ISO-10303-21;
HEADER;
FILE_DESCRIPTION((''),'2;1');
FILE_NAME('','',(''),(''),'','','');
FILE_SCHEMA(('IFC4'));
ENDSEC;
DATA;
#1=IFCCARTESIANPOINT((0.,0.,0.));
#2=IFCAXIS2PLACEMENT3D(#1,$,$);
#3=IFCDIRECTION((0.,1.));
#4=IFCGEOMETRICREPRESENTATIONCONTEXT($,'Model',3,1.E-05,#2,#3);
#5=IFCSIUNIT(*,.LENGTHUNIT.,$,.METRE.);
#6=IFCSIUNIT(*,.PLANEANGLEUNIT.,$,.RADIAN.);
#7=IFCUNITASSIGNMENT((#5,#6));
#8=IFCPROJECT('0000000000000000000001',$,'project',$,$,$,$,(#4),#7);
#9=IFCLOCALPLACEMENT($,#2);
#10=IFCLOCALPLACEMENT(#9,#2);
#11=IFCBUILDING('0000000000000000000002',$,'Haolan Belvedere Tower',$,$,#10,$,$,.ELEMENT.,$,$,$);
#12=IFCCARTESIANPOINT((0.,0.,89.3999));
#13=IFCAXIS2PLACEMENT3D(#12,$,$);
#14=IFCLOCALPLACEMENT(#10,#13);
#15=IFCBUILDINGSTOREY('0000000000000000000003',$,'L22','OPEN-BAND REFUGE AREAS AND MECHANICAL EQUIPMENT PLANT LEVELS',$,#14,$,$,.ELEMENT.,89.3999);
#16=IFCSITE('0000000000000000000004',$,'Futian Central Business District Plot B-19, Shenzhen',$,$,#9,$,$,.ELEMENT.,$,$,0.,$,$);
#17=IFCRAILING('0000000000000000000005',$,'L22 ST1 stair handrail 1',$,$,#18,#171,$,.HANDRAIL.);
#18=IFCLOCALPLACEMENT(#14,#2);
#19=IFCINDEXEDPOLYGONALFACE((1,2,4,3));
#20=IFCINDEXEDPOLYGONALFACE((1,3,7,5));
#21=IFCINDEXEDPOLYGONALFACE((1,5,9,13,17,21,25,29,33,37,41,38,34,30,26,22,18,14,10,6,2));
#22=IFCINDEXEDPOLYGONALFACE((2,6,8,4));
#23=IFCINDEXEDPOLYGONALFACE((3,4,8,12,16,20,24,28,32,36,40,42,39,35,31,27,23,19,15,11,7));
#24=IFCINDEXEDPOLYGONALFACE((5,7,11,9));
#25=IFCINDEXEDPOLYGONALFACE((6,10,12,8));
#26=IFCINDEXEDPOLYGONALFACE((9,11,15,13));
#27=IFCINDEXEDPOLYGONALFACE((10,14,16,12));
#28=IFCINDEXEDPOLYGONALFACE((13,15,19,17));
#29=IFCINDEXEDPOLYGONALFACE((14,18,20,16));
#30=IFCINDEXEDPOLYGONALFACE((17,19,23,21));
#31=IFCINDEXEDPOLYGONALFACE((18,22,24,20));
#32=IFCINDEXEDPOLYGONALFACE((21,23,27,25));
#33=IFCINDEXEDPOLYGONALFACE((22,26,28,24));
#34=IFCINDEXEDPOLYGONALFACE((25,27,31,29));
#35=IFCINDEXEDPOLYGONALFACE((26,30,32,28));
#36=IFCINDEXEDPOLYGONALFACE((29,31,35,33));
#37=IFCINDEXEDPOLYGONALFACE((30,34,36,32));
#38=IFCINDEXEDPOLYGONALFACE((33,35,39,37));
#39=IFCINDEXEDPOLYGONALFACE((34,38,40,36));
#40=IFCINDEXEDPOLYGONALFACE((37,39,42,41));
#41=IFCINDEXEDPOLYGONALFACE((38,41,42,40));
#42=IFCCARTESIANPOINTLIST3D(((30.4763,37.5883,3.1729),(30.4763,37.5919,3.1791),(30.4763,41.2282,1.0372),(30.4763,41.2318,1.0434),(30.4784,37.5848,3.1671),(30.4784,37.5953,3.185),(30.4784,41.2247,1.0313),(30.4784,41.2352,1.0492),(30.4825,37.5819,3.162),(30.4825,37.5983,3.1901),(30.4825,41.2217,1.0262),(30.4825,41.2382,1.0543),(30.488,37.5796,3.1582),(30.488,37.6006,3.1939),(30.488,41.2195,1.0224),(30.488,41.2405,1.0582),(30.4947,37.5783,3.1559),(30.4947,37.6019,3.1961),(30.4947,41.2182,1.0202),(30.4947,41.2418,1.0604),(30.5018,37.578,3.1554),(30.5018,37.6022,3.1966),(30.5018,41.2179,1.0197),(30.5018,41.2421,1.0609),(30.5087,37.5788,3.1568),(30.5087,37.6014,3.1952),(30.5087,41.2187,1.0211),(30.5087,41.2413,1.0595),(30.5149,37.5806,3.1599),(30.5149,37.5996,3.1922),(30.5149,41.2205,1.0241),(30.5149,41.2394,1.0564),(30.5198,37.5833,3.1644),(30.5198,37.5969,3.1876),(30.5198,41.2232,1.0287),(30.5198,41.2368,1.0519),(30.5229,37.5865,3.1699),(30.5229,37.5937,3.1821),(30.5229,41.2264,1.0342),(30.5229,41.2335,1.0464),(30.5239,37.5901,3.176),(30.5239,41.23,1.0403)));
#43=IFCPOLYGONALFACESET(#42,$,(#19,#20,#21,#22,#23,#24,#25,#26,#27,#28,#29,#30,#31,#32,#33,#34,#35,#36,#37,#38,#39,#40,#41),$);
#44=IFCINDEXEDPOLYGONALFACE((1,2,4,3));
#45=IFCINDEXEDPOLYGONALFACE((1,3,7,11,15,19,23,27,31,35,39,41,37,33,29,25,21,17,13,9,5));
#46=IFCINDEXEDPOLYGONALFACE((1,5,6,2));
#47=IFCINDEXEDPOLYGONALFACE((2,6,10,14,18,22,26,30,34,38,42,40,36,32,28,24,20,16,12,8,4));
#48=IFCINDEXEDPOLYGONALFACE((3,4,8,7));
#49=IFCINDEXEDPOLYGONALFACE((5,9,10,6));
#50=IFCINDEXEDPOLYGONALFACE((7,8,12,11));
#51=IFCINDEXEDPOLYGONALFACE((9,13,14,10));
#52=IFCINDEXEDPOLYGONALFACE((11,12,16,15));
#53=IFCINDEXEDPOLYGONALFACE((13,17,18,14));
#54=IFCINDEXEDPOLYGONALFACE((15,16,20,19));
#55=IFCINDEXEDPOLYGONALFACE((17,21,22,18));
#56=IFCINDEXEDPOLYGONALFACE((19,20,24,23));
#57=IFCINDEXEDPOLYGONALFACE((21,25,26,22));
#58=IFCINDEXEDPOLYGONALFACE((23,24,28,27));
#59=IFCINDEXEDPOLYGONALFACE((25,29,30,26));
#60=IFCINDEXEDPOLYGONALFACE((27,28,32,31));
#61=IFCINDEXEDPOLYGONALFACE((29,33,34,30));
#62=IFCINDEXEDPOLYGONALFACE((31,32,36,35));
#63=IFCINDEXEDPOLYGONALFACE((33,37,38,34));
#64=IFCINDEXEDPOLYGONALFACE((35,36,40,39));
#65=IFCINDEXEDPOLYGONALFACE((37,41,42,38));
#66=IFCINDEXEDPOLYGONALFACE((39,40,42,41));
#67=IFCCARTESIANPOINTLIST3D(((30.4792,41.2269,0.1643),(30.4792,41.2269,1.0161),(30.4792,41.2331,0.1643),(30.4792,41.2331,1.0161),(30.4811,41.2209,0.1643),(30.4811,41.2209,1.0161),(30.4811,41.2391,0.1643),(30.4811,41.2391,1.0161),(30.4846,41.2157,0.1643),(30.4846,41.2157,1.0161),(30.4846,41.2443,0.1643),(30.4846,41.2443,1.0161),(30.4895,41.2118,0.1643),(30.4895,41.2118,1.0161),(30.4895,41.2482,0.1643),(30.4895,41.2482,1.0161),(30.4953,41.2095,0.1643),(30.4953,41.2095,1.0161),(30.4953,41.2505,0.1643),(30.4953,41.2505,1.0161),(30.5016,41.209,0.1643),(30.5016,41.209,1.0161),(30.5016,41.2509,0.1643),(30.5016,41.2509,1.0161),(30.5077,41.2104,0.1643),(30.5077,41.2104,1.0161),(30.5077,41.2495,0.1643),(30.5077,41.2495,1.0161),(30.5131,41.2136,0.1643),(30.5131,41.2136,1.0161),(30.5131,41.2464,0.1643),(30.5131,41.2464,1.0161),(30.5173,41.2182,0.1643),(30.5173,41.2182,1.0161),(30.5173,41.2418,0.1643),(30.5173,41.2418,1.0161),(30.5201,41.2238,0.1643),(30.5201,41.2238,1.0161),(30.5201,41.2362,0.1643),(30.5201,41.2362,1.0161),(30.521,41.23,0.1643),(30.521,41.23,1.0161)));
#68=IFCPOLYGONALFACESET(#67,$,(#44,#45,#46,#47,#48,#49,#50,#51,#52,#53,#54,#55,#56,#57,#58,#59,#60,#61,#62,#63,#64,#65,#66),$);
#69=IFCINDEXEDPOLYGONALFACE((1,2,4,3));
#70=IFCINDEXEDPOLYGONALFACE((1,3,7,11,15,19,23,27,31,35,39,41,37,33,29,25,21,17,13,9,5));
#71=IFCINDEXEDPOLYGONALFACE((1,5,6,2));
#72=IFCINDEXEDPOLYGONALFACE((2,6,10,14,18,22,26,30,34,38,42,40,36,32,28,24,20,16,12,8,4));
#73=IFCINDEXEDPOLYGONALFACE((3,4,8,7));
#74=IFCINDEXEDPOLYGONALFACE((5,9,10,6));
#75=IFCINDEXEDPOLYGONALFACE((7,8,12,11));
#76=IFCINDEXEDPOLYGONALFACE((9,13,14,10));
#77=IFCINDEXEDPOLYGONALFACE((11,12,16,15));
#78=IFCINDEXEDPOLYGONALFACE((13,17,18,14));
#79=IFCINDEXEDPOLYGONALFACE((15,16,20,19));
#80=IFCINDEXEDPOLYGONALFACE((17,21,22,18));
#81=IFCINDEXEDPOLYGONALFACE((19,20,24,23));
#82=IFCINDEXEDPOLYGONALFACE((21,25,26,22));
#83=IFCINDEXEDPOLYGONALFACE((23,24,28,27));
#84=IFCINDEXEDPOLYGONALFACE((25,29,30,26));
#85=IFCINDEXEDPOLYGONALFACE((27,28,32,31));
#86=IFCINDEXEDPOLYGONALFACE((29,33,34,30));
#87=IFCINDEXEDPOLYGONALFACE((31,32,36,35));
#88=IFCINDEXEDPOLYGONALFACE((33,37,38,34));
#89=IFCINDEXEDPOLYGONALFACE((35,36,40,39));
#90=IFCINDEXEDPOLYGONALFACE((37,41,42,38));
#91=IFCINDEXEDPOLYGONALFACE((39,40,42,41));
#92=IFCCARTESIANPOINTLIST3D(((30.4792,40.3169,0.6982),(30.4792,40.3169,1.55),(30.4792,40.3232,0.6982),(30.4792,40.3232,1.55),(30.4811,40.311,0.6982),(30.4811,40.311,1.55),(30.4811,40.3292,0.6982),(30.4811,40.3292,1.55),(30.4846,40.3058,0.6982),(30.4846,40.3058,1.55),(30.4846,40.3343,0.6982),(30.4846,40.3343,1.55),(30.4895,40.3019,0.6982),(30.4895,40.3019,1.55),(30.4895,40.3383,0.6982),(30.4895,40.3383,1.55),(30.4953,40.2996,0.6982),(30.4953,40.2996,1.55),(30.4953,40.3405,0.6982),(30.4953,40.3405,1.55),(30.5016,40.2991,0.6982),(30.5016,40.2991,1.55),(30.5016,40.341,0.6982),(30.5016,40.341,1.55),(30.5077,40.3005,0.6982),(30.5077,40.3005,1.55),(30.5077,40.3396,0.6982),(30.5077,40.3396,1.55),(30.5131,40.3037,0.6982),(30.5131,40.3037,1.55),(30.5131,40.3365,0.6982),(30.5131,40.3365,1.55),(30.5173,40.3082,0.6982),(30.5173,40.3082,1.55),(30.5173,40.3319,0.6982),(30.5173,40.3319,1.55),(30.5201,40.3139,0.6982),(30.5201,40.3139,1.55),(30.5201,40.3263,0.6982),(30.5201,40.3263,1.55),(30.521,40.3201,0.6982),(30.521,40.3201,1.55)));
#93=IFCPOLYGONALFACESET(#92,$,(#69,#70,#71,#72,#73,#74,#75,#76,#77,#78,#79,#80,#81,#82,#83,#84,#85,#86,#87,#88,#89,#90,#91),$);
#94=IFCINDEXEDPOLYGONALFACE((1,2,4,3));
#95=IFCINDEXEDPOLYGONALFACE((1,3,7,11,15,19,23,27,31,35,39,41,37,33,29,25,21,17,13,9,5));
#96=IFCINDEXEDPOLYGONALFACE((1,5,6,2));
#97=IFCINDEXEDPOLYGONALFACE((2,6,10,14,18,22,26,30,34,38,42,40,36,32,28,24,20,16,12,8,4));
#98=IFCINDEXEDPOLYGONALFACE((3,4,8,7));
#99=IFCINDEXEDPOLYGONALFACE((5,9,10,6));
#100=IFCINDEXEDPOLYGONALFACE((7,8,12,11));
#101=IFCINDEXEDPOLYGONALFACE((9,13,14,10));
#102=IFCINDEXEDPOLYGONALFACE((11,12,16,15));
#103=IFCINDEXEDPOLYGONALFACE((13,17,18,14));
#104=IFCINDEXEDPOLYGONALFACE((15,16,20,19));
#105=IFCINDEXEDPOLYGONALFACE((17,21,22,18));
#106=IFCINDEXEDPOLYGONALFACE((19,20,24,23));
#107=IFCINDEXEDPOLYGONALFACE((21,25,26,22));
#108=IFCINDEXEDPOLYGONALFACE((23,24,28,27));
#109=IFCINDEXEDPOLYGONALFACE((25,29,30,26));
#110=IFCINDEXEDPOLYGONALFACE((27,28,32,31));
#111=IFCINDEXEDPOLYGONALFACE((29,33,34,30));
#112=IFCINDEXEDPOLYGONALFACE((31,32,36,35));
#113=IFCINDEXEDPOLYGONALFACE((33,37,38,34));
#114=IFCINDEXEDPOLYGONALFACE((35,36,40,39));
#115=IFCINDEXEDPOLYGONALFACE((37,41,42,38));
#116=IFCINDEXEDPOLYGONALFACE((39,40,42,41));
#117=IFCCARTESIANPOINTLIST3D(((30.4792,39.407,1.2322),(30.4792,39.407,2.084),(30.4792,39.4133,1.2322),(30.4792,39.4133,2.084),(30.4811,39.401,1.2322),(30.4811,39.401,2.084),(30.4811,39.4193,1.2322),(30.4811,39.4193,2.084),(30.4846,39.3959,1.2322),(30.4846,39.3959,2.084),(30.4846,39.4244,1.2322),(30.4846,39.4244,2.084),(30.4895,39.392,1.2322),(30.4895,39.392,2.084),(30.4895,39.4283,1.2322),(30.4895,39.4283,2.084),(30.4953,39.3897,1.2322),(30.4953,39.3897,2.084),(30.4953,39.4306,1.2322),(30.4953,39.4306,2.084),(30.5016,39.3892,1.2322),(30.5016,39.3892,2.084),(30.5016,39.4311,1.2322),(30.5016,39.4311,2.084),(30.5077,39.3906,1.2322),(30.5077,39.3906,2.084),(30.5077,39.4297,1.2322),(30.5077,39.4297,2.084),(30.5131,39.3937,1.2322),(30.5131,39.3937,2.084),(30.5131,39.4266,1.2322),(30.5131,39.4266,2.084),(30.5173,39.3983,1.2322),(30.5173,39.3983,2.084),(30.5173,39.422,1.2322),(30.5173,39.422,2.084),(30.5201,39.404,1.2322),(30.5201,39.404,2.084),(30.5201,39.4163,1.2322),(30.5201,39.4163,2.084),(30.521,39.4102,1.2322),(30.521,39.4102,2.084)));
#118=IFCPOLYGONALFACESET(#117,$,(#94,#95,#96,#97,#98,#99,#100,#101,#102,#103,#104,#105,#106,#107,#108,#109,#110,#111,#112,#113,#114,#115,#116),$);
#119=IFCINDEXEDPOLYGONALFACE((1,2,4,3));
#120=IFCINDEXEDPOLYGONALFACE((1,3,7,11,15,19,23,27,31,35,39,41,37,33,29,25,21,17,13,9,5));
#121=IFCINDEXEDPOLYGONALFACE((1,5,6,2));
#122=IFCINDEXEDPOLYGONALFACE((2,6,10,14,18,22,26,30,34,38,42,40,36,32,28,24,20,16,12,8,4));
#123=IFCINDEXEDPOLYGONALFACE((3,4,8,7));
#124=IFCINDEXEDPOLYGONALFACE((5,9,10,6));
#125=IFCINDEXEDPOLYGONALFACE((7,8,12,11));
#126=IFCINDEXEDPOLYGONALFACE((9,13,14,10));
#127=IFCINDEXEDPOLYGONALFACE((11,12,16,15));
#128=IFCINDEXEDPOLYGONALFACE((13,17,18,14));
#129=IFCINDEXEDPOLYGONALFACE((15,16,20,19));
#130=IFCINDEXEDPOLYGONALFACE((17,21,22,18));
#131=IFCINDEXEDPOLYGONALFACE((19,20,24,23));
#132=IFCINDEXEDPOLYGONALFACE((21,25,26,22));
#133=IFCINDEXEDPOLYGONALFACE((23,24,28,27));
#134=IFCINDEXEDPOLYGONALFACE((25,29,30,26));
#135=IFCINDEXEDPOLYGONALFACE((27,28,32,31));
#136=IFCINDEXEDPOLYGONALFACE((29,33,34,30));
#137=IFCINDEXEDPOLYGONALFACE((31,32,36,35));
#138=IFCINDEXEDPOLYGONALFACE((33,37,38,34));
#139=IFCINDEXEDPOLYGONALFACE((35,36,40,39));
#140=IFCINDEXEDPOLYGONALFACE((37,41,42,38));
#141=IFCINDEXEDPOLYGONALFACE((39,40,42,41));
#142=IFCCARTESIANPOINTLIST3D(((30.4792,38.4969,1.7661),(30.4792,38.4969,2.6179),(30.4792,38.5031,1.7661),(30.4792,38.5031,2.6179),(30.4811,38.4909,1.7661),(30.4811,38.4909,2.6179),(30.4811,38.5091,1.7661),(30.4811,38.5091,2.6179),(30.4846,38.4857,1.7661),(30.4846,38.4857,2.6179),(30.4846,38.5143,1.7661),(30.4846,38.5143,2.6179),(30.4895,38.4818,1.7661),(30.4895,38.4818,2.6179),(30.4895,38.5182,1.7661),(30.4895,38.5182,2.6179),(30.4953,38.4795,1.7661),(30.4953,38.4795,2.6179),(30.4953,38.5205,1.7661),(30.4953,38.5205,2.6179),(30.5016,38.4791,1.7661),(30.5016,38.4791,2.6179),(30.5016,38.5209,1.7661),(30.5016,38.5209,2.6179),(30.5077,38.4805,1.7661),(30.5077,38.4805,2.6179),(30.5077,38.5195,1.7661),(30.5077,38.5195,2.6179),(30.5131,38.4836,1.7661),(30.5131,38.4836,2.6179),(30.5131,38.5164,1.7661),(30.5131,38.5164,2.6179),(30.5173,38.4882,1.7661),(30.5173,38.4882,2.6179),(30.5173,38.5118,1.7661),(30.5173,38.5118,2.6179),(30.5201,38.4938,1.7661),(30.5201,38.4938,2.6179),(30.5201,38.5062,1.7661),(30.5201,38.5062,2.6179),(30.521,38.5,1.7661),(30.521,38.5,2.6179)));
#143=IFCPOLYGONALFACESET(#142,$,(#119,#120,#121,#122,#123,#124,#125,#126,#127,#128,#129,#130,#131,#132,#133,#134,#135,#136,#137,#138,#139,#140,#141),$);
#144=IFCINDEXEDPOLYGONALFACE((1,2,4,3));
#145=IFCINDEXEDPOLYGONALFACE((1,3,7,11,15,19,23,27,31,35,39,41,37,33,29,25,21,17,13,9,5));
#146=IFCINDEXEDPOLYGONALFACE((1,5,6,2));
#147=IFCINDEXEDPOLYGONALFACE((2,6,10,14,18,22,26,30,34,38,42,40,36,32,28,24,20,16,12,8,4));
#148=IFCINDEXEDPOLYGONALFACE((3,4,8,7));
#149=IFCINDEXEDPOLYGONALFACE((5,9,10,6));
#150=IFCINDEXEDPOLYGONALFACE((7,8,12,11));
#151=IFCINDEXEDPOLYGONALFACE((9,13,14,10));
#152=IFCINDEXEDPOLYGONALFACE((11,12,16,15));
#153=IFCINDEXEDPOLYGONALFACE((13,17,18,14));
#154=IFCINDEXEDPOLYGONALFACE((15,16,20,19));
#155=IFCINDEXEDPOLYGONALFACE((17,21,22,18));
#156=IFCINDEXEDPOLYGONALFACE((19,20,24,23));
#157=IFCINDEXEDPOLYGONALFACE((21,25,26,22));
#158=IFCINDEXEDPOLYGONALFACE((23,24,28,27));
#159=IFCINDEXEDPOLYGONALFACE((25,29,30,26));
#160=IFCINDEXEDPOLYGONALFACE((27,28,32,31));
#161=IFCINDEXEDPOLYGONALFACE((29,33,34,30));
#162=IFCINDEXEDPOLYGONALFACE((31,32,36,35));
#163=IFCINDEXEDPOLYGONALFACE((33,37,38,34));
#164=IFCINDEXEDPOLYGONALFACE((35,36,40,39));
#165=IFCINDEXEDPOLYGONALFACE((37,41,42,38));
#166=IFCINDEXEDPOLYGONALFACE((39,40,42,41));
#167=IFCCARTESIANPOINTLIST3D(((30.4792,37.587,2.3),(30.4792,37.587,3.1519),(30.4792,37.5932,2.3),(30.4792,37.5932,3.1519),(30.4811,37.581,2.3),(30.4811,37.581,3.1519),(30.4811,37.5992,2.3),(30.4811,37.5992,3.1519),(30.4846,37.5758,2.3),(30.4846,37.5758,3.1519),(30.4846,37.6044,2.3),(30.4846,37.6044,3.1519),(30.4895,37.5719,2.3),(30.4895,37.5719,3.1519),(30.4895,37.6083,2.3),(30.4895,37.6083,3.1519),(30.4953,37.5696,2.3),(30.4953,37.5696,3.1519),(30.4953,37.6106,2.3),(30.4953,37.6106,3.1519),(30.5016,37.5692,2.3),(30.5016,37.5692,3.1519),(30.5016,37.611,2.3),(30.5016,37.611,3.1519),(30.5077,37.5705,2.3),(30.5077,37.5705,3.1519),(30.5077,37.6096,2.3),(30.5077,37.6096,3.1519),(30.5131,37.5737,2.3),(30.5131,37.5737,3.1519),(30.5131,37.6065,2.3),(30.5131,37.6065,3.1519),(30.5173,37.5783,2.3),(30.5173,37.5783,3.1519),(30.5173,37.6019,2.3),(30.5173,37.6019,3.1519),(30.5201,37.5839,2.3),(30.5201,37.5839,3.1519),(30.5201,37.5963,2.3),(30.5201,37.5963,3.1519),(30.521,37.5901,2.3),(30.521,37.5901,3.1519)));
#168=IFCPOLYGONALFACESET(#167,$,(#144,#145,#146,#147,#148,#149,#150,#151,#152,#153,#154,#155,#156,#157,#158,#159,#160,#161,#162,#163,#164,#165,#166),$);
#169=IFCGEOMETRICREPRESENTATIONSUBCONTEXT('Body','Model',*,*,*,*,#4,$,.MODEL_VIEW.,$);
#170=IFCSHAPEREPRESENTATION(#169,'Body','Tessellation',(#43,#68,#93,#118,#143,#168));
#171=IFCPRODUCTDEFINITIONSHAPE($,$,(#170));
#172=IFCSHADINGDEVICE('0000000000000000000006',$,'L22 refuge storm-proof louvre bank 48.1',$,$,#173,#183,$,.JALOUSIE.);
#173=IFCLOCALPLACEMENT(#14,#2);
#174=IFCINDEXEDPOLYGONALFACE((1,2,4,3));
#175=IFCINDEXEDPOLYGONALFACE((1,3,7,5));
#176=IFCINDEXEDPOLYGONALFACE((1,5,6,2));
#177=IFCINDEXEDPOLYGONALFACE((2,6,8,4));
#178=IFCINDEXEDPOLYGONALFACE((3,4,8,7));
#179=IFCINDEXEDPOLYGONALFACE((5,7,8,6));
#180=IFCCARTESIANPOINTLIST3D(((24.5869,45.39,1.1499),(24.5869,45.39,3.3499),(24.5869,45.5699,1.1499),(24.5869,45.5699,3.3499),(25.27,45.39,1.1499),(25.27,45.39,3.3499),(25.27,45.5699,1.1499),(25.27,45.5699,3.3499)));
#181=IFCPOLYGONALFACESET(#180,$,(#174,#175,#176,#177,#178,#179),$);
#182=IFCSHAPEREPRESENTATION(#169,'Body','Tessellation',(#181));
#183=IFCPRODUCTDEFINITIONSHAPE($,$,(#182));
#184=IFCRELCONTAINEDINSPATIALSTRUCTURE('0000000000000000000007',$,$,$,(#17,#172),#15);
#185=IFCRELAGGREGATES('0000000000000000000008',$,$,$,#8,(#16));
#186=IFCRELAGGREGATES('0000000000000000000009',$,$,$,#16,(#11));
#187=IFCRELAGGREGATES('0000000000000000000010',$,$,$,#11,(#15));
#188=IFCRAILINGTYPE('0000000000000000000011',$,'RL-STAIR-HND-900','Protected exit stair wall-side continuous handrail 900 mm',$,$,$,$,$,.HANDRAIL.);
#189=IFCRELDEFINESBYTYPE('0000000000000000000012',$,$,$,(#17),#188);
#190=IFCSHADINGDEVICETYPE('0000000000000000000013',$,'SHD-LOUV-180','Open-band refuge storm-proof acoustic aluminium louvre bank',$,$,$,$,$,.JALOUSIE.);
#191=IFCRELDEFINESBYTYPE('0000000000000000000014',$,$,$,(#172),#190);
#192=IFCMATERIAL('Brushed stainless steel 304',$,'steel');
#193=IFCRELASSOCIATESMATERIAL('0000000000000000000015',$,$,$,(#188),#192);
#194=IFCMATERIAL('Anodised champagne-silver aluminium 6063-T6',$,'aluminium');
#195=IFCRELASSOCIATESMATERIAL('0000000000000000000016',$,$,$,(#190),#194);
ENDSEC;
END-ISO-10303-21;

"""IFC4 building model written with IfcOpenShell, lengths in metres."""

from ifc_helpers import new_model, si_unit, direction, frame, origin, origin_2d, place, context, subcontext, project, spatial, rectangle, circle, extrude, material, type_object, element, save


model = new_model("IFC4")

# Units and contexts
model_context = context("Model", 3, precision=1e-05, world=origin(), true_north=direction((0.0, 1.0)))
body_context = subcontext(model_context, "Body", "Model", "MODEL_VIEW")
ifc_project = project(units=[si_unit("LENGTHUNIT", "METRE"), si_unit("PLANEANGLEUNIT", "RADIAN")], contexts=[model_context])

# Site, building, storey
site_placement = place(None, origin())
site = spatial("IfcSite", under=ifc_project, at=site_placement, Name="Futian Central Business District Plot B-19, Shenzhen", CompositionType="ELEMENT", RefElevation=0.0)
building_placement = place(site_placement, origin())
building = spatial("IfcBuilding", under=site, at=building_placement, Name="Haolan Belvedere Tower", CompositionType="ELEMENT")
storey_placement = place(building_placement, frame((0.0, 0.0, 89.3999)))
storey = spatial("IfcBuildingStorey", under=building, at=storey_placement, Name="L22", Description="OPEN-BAND REFUGE AREAS AND MECHANICAL EQUIPMENT PLANT LEVELS", CompositionType="ELEMENT", Elevation=89.3999)

# Railing
ifc_material_1 = material(Name="Brushed stainless steel 304", Category="steel")
railing_type_1 = type_object("IfcRailingType", Name="RL-STAIR-HND-900", Description="Protected exit stair wall-side continuous handrail 900 mm", PredefinedType="HANDRAIL", material=ifc_material_1)
railing_1_placement = place(storey_placement, frame((30.5, 41.23, 0.1643)))
element("IfcRailing", 1, at=railing_1_placement, inside=storey, type_object=railing_type_1, Name="L22 ST1 stair handrail 1", PredefinedType="HANDRAIL", context=body_context, shape_type="SweptSolid", body=[
    extrude(circle(Radius=0.0239, at=origin_2d()), frame((0.0, 0.0, 0.876), z_axis=(0.0, -0.86249, 0.506074), x_axis=(1.0, 0.0, 0.0)), (0.0, 0.0, 1.0), 4.2202),
    extrude(circle(Radius=0.021, at=origin_2d()), origin(), (0.0, 0.0, 1.0), 0.8518),
    extrude(circle(Radius=0.021, at=origin_2d()), frame((0.0, -0.9099, 0.5339)), (0.0, 0.0, 1.0), 0.8518),
    extrude(circle(Radius=0.021, at=origin_2d()), frame((0.0, -1.8198, 1.0679)), (0.0, 0.0, 1.0), 0.8518),
    extrude(circle(Radius=0.021, at=origin_2d()), frame((0.0, -2.73, 1.6018)), (0.0, 0.0, 1.0), 0.8518),
    extrude(circle(Radius=0.021, at=origin_2d()), frame((0.0, -3.6399, 2.1357)), (0.0, 0.0, 1.0), 0.8518),
])

# Shading device
ifc_material_2 = material(Name="Anodised champagne-silver aluminium 6063-T6", Category="aluminium")
shading_device_type = type_object("IfcShadingDeviceType", Name="SHD-LOUV-180", Description="Open-band refuge storm-proof acoustic aluminium louvre bank", PredefinedType="JALOUSIE", material=ifc_material_2)
shading_device_placement = place(storey_placement, frame((24.9285, 45.48, 1.1499), z_axis=(0.0, 0.0, 1.0), x_axis=(-1.0, 0.0, 0.0)))
element("IfcShadingDevice", 2, at=shading_device_placement, inside=storey, type_object=shading_device_type, Name="L22 refuge storm-proof louvre bank 48.1", PredefinedType="JALOUSIE", context=body_context, shape_type="SweptSolid", body=[
    extrude(rectangle(XDim=0.6831, YDim=0.1799, at=origin_2d()), origin(), (0.0, 0.0, 1.0), 2.2),
])

save(model, "model.ifc")
